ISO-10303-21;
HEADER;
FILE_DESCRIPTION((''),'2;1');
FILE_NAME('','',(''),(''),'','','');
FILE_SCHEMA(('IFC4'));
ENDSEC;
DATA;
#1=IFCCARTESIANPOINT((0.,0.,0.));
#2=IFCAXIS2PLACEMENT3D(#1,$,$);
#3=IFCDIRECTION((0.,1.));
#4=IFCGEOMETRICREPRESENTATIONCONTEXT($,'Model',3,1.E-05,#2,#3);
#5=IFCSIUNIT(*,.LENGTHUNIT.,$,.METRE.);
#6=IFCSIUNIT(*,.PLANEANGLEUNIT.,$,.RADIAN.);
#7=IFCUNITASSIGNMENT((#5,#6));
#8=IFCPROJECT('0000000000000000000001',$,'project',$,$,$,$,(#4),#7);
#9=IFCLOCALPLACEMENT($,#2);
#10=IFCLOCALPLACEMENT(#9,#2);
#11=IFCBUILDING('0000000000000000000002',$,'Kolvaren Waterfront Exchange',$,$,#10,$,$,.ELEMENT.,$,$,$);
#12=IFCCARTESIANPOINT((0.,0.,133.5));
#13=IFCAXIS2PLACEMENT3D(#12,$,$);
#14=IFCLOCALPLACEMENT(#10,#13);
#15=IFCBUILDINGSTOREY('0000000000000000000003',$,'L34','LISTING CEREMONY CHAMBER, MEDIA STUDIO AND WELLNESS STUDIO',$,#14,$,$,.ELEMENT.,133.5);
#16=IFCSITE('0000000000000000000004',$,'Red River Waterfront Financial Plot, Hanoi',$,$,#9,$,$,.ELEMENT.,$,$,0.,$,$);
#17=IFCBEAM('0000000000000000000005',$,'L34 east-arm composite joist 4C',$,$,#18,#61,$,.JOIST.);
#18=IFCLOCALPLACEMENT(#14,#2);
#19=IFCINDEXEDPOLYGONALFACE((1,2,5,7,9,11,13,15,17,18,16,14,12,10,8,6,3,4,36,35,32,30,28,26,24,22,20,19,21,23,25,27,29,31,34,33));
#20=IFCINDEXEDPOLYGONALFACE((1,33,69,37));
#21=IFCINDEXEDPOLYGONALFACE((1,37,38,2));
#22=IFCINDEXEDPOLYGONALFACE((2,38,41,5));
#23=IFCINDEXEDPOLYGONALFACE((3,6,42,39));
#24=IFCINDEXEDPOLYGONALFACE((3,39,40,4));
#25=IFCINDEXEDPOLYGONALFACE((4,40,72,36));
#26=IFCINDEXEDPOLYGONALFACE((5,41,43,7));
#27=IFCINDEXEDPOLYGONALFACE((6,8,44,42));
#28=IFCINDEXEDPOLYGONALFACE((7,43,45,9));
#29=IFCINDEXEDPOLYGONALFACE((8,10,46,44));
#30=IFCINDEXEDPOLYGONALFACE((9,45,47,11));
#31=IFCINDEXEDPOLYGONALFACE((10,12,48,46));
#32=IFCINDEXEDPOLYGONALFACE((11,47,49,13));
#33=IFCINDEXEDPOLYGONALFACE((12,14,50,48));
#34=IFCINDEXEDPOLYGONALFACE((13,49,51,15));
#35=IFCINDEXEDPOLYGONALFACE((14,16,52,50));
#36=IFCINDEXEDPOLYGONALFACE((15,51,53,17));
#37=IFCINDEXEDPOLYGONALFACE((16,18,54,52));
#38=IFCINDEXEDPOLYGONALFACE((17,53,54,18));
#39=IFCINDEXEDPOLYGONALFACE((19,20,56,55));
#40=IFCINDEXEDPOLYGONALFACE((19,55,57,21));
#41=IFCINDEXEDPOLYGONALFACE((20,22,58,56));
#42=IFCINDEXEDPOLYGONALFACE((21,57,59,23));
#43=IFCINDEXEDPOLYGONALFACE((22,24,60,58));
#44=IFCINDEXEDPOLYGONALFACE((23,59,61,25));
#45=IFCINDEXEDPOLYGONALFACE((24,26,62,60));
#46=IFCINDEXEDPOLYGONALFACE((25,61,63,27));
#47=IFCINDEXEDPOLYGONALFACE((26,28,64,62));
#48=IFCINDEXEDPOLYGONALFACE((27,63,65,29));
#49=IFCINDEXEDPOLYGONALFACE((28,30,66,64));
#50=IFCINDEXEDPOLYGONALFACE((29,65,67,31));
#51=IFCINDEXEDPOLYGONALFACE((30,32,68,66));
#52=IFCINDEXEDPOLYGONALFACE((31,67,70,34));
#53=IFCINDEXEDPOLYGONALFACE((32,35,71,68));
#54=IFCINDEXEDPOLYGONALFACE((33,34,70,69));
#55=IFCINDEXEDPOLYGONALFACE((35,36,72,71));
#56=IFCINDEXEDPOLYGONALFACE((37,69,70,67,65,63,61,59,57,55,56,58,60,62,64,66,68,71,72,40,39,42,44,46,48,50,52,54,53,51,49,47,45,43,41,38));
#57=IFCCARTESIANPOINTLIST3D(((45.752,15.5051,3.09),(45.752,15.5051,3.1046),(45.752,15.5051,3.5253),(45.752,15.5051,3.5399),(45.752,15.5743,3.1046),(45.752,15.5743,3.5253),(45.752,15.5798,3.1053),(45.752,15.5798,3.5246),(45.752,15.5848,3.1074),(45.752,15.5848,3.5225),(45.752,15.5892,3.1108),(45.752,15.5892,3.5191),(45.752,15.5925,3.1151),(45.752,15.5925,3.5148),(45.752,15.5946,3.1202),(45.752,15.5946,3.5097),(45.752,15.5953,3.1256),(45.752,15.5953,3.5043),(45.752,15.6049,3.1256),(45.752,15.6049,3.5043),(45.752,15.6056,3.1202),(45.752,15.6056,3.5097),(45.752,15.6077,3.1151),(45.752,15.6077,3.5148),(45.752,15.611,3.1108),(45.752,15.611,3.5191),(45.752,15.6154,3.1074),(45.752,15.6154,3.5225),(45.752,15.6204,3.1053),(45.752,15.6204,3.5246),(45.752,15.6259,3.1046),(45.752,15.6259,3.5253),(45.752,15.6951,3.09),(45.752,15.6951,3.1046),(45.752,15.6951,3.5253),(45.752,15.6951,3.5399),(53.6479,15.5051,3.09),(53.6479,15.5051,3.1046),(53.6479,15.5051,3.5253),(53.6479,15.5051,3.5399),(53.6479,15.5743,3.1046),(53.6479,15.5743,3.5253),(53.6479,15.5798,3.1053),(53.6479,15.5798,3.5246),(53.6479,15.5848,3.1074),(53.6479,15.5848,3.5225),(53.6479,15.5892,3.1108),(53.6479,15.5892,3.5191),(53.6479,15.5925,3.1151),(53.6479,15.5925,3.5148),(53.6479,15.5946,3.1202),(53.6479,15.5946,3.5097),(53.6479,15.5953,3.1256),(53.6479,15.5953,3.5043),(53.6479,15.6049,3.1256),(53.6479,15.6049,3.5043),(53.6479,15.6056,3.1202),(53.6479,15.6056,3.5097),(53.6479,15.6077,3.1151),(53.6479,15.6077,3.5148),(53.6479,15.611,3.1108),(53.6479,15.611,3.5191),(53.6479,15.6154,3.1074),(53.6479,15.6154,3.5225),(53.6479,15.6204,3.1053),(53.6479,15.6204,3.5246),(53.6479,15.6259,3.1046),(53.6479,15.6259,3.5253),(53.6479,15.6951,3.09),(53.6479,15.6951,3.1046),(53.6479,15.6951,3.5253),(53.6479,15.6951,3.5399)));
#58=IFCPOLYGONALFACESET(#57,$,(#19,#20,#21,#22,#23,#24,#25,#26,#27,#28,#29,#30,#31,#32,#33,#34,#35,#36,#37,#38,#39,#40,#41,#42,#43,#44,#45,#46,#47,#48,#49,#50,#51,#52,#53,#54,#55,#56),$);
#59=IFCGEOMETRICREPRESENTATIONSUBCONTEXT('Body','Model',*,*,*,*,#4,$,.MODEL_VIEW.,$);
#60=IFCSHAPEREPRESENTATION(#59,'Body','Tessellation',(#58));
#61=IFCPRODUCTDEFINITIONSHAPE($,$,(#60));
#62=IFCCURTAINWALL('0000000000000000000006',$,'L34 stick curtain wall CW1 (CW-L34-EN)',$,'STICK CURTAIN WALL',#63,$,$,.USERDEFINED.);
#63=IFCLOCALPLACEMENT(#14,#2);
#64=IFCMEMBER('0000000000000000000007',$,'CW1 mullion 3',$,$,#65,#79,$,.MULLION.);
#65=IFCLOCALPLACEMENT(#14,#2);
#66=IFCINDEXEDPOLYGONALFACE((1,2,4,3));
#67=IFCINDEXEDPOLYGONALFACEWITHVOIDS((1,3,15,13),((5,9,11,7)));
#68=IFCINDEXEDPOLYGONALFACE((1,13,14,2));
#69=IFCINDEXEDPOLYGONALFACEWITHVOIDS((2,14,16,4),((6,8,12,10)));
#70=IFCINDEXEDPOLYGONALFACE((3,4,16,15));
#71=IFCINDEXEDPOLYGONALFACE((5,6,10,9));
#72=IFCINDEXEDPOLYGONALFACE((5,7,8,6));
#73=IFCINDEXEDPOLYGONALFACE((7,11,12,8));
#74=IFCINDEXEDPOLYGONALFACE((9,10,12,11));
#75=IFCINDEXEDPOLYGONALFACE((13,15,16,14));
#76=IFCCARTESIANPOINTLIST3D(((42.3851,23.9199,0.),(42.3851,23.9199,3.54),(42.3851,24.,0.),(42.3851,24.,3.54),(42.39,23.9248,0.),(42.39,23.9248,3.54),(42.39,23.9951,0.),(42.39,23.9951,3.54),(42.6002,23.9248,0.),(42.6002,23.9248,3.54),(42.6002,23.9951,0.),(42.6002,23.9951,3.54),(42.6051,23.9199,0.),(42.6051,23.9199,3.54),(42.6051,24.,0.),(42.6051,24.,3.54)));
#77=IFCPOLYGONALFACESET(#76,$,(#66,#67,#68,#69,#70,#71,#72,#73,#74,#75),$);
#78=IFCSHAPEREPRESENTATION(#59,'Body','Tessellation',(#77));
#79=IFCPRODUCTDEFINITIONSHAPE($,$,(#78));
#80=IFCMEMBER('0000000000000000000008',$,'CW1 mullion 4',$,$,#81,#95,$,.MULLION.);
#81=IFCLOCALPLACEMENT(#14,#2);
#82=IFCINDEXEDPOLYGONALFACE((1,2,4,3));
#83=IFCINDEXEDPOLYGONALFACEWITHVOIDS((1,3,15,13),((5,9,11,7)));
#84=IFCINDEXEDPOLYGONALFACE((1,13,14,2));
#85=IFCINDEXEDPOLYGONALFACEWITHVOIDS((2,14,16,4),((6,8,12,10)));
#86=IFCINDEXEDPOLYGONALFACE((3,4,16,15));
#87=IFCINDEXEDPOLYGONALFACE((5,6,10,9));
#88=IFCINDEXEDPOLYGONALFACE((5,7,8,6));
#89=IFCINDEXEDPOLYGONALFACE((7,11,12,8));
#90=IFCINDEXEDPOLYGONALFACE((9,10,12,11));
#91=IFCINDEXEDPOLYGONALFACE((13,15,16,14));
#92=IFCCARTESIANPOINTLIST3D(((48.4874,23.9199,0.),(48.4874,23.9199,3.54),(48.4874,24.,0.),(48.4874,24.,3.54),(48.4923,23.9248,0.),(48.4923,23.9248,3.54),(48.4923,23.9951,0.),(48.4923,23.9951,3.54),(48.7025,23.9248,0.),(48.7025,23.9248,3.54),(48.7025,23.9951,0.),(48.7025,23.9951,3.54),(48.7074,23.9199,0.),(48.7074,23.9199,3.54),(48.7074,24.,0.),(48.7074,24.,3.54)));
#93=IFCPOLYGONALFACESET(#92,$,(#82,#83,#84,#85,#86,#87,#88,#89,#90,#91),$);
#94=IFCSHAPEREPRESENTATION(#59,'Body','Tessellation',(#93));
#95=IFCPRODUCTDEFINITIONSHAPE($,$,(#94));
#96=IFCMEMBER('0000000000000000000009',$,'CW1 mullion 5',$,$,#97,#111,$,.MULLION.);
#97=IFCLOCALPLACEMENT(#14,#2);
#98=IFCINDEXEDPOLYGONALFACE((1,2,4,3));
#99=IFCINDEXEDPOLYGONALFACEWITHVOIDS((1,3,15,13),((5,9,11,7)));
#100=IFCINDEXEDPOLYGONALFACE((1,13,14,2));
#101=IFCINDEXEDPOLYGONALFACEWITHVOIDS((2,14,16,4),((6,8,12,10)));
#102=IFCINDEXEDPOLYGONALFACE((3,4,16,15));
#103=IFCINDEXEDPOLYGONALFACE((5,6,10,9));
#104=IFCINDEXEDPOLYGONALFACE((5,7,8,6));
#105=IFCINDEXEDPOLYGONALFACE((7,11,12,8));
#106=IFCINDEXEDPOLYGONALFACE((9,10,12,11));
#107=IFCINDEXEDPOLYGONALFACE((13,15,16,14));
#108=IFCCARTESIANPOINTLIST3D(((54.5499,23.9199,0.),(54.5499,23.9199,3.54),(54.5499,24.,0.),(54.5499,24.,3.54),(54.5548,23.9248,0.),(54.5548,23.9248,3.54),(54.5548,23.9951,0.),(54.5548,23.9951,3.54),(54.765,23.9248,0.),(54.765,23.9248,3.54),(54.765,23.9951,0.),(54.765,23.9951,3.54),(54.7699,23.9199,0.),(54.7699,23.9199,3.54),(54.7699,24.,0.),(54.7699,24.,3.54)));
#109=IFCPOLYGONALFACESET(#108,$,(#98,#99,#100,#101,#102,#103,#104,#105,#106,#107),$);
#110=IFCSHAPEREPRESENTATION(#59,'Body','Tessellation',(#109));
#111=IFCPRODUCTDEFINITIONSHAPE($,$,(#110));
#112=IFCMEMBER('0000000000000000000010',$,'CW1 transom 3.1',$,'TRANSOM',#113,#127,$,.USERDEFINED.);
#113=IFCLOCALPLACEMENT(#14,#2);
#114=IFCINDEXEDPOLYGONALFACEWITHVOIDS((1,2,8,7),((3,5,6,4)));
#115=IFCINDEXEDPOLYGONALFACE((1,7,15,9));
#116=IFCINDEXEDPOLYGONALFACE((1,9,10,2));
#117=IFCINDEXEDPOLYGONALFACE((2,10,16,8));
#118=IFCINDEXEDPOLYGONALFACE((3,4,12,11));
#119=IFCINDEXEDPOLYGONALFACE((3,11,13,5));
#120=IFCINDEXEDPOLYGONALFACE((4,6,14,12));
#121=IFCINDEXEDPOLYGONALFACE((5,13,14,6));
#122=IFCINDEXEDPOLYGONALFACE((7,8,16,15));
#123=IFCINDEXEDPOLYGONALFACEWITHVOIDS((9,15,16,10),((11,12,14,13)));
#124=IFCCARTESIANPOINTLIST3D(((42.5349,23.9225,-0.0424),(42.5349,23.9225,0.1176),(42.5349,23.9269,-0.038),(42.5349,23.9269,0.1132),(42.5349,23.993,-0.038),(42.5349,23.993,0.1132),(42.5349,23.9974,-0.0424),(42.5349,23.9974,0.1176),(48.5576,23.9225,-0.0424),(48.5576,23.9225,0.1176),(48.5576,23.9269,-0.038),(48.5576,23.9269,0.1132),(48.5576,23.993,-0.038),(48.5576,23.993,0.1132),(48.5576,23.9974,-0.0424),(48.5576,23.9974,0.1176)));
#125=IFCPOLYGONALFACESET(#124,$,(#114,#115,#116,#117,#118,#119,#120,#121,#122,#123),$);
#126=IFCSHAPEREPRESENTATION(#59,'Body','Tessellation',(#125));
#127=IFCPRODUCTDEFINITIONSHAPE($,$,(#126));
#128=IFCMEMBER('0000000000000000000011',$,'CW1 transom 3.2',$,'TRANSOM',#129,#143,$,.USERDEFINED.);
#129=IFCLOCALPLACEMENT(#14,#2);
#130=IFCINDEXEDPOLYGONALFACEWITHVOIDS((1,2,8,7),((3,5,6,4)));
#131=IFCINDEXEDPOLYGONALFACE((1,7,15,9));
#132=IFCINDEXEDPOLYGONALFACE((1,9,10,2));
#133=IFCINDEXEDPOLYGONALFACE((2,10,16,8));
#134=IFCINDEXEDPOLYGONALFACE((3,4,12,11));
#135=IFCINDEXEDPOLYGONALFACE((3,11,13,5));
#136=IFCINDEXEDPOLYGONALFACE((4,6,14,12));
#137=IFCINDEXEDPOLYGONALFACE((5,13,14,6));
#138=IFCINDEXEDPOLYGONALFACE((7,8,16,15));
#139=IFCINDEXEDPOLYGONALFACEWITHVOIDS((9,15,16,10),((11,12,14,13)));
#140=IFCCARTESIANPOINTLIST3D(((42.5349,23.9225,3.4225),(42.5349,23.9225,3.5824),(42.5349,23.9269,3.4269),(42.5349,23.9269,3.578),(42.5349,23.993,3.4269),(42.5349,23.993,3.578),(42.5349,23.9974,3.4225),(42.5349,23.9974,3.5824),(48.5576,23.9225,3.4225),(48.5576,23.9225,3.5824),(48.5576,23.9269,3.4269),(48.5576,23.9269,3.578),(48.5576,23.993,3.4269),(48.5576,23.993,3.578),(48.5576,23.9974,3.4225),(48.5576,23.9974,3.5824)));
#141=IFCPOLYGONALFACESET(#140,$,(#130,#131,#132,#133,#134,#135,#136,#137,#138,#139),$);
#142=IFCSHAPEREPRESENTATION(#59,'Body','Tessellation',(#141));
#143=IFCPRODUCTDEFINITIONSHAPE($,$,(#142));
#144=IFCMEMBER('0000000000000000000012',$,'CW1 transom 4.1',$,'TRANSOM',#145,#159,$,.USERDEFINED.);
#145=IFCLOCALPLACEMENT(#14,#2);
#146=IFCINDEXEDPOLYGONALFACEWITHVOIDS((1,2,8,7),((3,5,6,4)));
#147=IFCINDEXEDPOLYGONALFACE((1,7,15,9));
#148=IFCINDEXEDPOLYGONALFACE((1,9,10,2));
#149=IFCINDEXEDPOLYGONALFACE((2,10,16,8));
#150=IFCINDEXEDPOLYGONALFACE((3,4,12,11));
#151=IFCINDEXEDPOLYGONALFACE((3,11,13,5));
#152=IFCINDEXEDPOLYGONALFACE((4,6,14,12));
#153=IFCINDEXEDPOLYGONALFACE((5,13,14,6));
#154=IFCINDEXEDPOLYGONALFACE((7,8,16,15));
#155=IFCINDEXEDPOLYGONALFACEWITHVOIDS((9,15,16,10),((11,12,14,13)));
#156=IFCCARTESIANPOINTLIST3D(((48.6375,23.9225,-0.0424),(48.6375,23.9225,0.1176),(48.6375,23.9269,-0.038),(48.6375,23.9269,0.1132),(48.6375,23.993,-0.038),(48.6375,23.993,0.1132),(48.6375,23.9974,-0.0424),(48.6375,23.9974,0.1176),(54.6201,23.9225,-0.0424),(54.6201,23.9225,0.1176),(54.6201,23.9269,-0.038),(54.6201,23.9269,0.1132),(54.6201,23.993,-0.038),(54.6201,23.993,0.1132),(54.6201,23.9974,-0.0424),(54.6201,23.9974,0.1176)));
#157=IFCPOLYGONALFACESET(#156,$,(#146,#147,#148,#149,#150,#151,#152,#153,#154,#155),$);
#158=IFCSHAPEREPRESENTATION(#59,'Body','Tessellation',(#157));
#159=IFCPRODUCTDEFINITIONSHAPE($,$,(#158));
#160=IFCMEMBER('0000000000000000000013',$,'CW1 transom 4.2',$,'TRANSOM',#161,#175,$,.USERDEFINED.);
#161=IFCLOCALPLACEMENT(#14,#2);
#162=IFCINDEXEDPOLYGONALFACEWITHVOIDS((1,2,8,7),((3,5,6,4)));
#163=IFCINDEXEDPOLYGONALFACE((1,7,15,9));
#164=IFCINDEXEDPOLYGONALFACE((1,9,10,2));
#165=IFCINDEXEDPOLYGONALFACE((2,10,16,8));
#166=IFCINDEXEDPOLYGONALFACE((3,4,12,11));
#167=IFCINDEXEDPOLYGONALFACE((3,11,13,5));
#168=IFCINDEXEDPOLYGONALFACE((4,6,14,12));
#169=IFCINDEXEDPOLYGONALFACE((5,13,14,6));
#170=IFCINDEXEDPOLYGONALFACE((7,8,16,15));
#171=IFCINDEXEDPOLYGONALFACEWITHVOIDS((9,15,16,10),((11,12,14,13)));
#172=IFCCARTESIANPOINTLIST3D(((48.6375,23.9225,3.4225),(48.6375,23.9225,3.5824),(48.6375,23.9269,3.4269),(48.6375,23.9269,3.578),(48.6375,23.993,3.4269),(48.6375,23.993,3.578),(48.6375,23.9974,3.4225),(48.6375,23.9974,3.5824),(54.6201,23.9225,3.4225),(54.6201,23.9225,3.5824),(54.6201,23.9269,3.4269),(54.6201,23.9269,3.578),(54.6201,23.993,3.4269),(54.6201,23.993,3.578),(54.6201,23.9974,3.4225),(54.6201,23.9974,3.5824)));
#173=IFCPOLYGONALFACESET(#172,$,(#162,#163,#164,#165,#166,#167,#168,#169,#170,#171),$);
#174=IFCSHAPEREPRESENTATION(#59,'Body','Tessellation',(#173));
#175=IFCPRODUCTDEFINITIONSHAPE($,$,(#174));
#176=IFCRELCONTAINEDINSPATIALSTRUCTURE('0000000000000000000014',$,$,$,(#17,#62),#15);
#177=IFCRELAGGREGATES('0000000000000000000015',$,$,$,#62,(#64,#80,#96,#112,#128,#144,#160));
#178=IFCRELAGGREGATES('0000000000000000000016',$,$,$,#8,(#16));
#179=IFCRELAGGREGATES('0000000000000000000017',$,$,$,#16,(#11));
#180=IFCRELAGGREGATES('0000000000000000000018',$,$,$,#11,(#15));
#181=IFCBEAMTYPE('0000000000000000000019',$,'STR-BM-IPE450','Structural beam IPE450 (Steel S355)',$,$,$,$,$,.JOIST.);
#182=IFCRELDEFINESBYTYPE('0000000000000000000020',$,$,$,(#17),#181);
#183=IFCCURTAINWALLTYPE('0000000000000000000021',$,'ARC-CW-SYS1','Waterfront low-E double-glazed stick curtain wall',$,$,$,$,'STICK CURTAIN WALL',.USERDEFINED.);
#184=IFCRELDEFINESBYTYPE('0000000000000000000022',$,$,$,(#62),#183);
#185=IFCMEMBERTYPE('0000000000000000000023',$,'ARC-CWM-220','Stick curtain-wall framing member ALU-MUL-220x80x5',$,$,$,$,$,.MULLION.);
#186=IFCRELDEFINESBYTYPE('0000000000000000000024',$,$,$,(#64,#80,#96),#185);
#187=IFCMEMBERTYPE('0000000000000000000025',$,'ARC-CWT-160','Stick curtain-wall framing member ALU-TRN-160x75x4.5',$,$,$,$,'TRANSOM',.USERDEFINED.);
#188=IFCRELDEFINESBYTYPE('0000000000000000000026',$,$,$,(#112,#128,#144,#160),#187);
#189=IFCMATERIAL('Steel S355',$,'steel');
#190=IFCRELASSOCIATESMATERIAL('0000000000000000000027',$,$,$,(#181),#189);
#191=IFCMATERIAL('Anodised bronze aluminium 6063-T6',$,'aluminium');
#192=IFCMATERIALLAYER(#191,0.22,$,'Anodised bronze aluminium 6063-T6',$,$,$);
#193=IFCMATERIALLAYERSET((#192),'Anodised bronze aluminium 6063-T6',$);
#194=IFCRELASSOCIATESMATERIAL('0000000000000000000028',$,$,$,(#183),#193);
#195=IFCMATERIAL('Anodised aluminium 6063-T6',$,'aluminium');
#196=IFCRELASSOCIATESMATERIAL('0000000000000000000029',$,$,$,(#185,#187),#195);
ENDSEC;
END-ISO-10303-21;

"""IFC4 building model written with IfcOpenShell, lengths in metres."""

from ifc_helpers import new_model, si_unit, direction, frame, origin, origin_with_axes, origin_2d, place, context, subcontext, project, spatial, hollow_rectangle, i_section, extrude, source, transform, mapped, material, layer, layer_set, material_profile, profile_set, type_object, element, aggregate, save


model = new_model("IFC4")

# Units and contexts
model_context = context("Model", 3, precision=1e-05, world=origin(), true_north=direction((0.0, 1.0)))
body_context = subcontext(model_context, "Body", "Model", "MODEL_VIEW")
ifc_project = project(units=[si_unit("LENGTHUNIT", "METRE"), si_unit("PLANEANGLEUNIT", "RADIAN")], contexts=[model_context])

# Site, building, storey
site_placement = place(None, origin())
site = spatial("IfcSite", under=ifc_project, at=site_placement, Name="Red River Waterfront Financial Plot, Hanoi", CompositionType="ELEMENT", RefElevation=0.0)
building_placement = place(site_placement, origin())
building = spatial("IfcBuilding", under=site, at=building_placement, Name="Kolvaren Waterfront Exchange", CompositionType="ELEMENT")
storey_placement = place(building_placement, frame((0.0, 0.0, 133.5)))
storey = spatial("IfcBuildingStorey", under=building, at=storey_placement, Name="L34", Description="LISTING CEREMONY CHAMBER, MEDIA STUDIO AND WELLNESS STUDIO", CompositionType="ELEMENT", Elevation=133.5)

# Beam
ifc_material_1 = material(Name="Steel S355", Category="steel")
ifc_material_profile_1 = material_profile(ifc_material_1, i_section(OverallWidth=0.1899, OverallDepth=0.45, WebThickness=0.0095, FlangeThickness=0.0146, FilletRadius=0.021, at=origin_2d()), Name="IPE450")
ifc_profile_set_1 = profile_set([ifc_material_profile_1], Name="Steel S355")
beam_type_1 = type_object("IfcBeamType", Name="STR-BM-IPE450", Description="Structural beam IPE450 (Steel S355)", PredefinedType="JOIST", material=ifc_profile_set_1)
for number, where, z_axis, x_axis, name in (
    (1, (45.752, 15.6001, 3.3149), (1.0, 0.0, 0.0), (0.0, 1.0, 0.0), "L34 east-arm composite joist 4C"),
):
    element("IfcBeam", number, at=place(storey_placement, frame(where, z_axis=z_axis, x_axis=x_axis)), inside=storey, type_object=beam_type_1, Name=name, PredefinedType="JOIST", context=body_context, shape_type="SweptSolid", body=[
        extrude(i_section(OverallWidth=0.1899, OverallDepth=0.45, WebThickness=0.0095, FlangeThickness=0.0146, FilletRadius=0.021, at=origin_2d()), origin(), (0.0, 0.0, 1.0), 7.896),
    ])

# Curtain wall, members
ifc_material_2 = material(Name="Anodised bronze aluminium 6063-T6", Category="aluminium")
ifc_layer_1 = layer(ifc_material_2, 0.22, Name="Anodised bronze aluminium 6063-T6")
ifc_layer_set_1 = layer_set([ifc_layer_1], Name="Anodised bronze aluminium 6063-T6")
curtain_wall_type = type_object("IfcCurtainWallType", Name="ARC-CW-SYS1", Description="Waterfront low-E double-glazed stick curtain wall", ElementType="STICK CURTAIN WALL", PredefinedType="USERDEFINED", material=ifc_layer_set_1)
curtain_wall_placement = place(storey_placement, origin())
curtain_wall = element("IfcCurtainWall", 2, at=curtain_wall_placement, inside=storey, type_object=curtain_wall_type, Name="L34 stick curtain wall CW1 (CW-L34-EN)", ObjectType="STICK CURTAIN WALL", PredefinedType="USERDEFINED")
ifc_material_3 = material(Name="Anodised aluminium 6063-T6", Category="aluminium")
ifc_material_profile_2 = material_profile(ifc_material_3, hollow_rectangle(XDim=0.0801, YDim=0.22, WallThickness=0.0049, at=origin_2d()), Name="ALU-MUL-220x80x5")
ifc_profile_set_2 = profile_set([ifc_material_profile_2], Name="Anodised aluminium 6063-T6")
member_type_1 = type_object("IfcMemberType", Name="ARC-CWM-220", Description="Stick curtain-wall framing member ALU-MUL-220x80x5", PredefinedType="MULLION", material=ifc_profile_set_2)
shared_shape_1 = source(origin_with_axes(), body_context, "Body", "SweptSolid", [
    extrude(hollow_rectangle(XDim=0.0801, YDim=0.22, WallThickness=0.0049, at=origin_2d()), origin(), (0.0, 0.0, 1.0), 3.54),
])
member_1_placement = place(storey_placement, frame((42.4951, 23.96, 0.0), z_axis=(0.0, 0.0, 1.0), x_axis=(0.0, 1.0, 0.0)))
member_1 = element("IfcMember", 3, at=member_1_placement, type_object=member_type_1, Name="CW1 mullion 3", PredefinedType="MULLION", context=body_context, shape_type="MappedRepresentation", body=[
    mapped(shared_shape_1, transform((0.0, 0.0, 0.0), x_axis=(1.0, 0.0, 0.0), y_axis=(0.0, 1.0, 0.0), z_axis=(0.0, 0.0, 1.0), scale=1.0)),
])
member_2_placement = place(storey_placement, frame((48.5974, 23.96, 0.0), z_axis=(0.0, 0.0, 1.0), x_axis=(0.0, 1.0, 0.0)))
member_2 = element("IfcMember", 4, at=member_2_placement, type_object=member_type_1, Name="CW1 mullion 4", PredefinedType="MULLION", context=body_context, shape_type="MappedRepresentation", body=[
    mapped(shared_shape_1, transform((0.0, 0.0, 0.0), x_axis=(1.0, 0.0, 0.0), y_axis=(0.0, 1.0, 0.0), z_axis=(0.0, 0.0, 1.0), scale=1.0)),
])
member_3_placement = place(storey_placement, frame((54.6599, 23.96, 0.0), z_axis=(0.0, 0.0, 1.0), x_axis=(0.0, 1.0, 0.0)))
member_3 = element("IfcMember", 5, at=member_3_placement, type_object=member_type_1, Name="CW1 mullion 5", PredefinedType="MULLION", context=body_context, shape_type="MappedRepresentation", body=[
    mapped(shared_shape_1, transform((0.0, 0.0, 0.0), x_axis=(1.0, 0.0, 0.0), y_axis=(0.0, 1.0, 0.0), z_axis=(0.0, 0.0, 1.0), scale=1.0)),
])
ifc_material_profile_3 = material_profile(ifc_material_3, hollow_rectangle(XDim=0.075, YDim=0.1599, WallThickness=0.0044, at=origin_2d()), Name="ALU-TRN-160x75x4.5")
ifc_profile_set_3 = profile_set([ifc_material_profile_3], Name="Anodised aluminium 6063-T6")
member_type_2 = type_object("IfcMemberType", Name="ARC-CWT-160", Description="Stick curtain-wall framing member ALU-TRN-160x75x4.5", ElementType="TRANSOM", PredefinedType="USERDEFINED", material=ifc_profile_set_3)
shared_shape_2 = source(origin_with_axes(), body_context, "Body", "SweptSolid", [
    extrude(hollow_rectangle(XDim=0.075, YDim=0.1599, WallThickness=0.0044, at=origin_2d()), origin(), (0.0, 0.0, 1.0), 6.0227),
])
member_4_placement = place(storey_placement, frame((42.5349, 23.96, 0.0376), z_axis=(1.0, 0.0, 0.0), x_axis=(0.0, 1.0, 0.0)))
member_4 = element("IfcMember", 6, at=member_4_placement, type_object=member_type_2, Name="CW1 transom 3.1", ObjectType="TRANSOM", PredefinedType="USERDEFINED", context=body_context, shape_type="MappedRepresentation", body=[
    mapped(shared_shape_2, transform((0.0, 0.0, 0.0), x_axis=(1.0, 0.0, 0.0), y_axis=(0.0, 1.0, 0.0), z_axis=(0.0, 0.0, 1.0), scale=1.0)),
])
member_5_placement = place(storey_placement, frame((42.5349, 23.96, 3.5024), z_axis=(1.0, 0.0, 0.0), x_axis=(0.0, 1.0, 0.0)))
member_5 = element("IfcMember", 7, at=member_5_placement, type_object=member_type_2, Name="CW1 transom 3.2", ObjectType="TRANSOM", PredefinedType="USERDEFINED", context=body_context, shape_type="MappedRepresentation", body=[
    mapped(shared_shape_2, transform((0.0, 0.0, 0.0), x_axis=(1.0, 0.0, 0.0), y_axis=(0.0, 1.0, 0.0), z_axis=(0.0, 0.0, 1.0), scale=1.0)),
])
shared_shape_3 = source(origin_with_axes(), body_context, "Body", "SweptSolid", [
    extrude(hollow_rectangle(XDim=0.075, YDim=0.1599, WallThickness=0.0044, at=origin_2d()), origin(), (0.0, 0.0, 1.0), 5.9827),
])
member_6_placement = place(storey_placement, frame((48.6375, 23.96, 0.0376), z_axis=(1.0, 0.0, 0.0), x_axis=(0.0, 1.0, 0.0)))
member_6 = element("IfcMember", 8, at=member_6_placement, type_object=member_type_2, Name="CW1 transom 4.1", ObjectType="TRANSOM", PredefinedType="USERDEFINED", context=body_context, shape_type="MappedRepresentation", body=[
    mapped(shared_shape_3, transform((0.0, 0.0, 0.0), x_axis=(1.0, 0.0, 0.0), y_axis=(0.0, 1.0, 0.0), z_axis=(0.0, 0.0, 1.0), scale=1.0)),
])
member_7_placement = place(storey_placement, frame((48.6375, 23.96, 3.5024), z_axis=(1.0, 0.0, 0.0), x_axis=(0.0, 1.0, 0.0)))
member_7 = element("IfcMember", 9, at=member_7_placement, type_object=member_type_2, Name="CW1 transom 4.2", ObjectType="TRANSOM", PredefinedType="USERDEFINED", context=body_context, shape_type="MappedRepresentation", body=[
    mapped(shared_shape_3, transform((0.0, 0.0, 0.0), x_axis=(1.0, 0.0, 0.0), y_axis=(0.0, 1.0, 0.0), z_axis=(0.0, 0.0, 1.0), scale=1.0)),
])
aggregate(curtain_wall, [member_1, member_2, member_3, member_4, member_5, member_6, member_7])

save(model, "model.ifc")
